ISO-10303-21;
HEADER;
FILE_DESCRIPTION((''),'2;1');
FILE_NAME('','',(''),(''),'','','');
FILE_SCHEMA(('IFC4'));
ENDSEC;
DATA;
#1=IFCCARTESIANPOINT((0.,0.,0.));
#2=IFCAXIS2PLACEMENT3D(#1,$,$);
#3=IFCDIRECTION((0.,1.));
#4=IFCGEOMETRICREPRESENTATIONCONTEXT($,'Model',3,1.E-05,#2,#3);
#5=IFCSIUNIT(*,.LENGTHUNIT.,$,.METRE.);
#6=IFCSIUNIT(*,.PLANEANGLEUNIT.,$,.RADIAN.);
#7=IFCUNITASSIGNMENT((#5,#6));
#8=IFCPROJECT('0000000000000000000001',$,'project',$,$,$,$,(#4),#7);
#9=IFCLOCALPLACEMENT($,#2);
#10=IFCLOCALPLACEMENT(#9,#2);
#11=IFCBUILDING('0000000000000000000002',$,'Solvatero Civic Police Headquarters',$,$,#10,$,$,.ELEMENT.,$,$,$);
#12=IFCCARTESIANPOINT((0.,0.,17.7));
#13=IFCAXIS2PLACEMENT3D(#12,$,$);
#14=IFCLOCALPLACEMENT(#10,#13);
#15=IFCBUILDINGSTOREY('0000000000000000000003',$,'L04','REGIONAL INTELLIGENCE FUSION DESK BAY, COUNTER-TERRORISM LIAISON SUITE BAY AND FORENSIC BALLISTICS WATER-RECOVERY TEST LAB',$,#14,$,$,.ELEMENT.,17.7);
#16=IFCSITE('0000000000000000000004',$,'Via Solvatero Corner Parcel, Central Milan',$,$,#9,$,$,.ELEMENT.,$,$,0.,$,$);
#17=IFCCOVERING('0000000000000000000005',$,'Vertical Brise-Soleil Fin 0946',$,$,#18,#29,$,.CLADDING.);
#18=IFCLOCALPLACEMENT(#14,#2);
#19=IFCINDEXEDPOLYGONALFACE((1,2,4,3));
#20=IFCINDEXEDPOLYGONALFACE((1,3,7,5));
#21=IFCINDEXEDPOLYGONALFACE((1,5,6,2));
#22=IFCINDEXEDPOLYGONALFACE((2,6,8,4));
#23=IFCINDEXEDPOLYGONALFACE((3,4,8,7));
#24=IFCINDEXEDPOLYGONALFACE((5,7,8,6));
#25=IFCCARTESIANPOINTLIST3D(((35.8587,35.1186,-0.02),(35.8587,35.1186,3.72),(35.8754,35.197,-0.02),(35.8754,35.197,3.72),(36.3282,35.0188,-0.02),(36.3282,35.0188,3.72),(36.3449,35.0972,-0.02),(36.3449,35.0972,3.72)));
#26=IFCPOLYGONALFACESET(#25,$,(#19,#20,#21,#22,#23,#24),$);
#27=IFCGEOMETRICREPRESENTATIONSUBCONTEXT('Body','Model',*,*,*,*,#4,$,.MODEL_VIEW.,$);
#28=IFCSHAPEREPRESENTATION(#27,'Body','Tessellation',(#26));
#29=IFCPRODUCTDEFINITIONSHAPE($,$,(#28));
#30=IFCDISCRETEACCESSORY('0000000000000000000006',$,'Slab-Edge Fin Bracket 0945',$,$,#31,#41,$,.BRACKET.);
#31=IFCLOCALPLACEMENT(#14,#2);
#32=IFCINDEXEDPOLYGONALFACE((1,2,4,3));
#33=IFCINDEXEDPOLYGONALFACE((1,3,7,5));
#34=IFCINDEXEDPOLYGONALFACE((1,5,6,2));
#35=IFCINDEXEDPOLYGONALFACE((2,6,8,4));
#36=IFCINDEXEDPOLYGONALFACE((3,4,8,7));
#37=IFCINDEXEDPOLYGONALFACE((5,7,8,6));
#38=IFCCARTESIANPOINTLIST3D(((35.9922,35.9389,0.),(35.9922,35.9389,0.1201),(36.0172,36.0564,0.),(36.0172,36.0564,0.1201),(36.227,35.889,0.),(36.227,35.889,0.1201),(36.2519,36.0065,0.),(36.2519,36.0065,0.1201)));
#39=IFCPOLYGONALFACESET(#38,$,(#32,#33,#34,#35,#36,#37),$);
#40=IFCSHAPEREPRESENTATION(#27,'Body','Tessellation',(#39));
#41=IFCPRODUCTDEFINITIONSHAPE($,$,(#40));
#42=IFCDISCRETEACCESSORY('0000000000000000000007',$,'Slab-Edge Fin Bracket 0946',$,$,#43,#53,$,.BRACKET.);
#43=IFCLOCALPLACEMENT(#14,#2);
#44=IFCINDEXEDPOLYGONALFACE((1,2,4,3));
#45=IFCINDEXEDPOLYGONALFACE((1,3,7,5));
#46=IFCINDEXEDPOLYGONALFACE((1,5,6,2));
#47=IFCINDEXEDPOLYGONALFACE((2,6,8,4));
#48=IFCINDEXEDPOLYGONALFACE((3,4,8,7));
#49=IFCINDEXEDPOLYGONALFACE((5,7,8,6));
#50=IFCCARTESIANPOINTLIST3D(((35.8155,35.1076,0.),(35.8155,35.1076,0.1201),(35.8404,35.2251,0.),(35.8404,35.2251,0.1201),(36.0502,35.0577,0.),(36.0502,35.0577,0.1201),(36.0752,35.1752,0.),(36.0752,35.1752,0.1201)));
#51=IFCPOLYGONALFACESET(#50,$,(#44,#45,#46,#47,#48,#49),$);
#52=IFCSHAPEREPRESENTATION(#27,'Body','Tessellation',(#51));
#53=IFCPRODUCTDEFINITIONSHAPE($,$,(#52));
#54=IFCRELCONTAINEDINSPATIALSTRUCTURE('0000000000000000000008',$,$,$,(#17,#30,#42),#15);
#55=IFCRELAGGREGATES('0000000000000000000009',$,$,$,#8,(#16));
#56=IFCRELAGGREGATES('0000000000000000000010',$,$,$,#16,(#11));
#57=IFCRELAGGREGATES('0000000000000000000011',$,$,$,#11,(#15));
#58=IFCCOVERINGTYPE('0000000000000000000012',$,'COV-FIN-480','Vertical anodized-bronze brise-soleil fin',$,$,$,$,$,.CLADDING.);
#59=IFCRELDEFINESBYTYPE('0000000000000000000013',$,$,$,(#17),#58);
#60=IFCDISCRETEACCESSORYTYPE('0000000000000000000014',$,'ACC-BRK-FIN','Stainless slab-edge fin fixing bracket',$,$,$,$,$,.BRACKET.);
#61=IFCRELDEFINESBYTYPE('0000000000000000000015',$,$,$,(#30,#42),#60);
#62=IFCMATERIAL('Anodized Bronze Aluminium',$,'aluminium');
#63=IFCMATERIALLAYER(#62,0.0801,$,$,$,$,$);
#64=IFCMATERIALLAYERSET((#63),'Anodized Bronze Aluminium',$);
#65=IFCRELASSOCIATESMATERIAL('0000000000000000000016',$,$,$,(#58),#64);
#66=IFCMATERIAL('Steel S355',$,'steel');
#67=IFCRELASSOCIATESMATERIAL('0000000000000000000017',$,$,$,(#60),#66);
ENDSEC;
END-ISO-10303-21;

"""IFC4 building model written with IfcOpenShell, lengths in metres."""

from ifc_helpers import new_model, si_unit, direction, frame, origin, origin_2d, place, context, subcontext, project, spatial, rectangle, extrude, material, layer, layer_set, type_object, element, save


model = new_model("IFC4")

# Units and contexts
model_context = context("Model", 3, precision=1e-05, world=origin(), true_north=direction((0.0, 1.0)))
body_context = subcontext(model_context, "Body", "Model", "MODEL_VIEW")
ifc_project = project(units=[si_unit("LENGTHUNIT", "METRE"), si_unit("PLANEANGLEUNIT", "RADIAN")], contexts=[model_context])

# Site, building, storey
site_placement = place(None, origin())
site = spatial("IfcSite", under=ifc_project, at=site_placement, Name="Via Solvatero Corner Parcel, Central Milan", CompositionType="ELEMENT", RefElevation=0.0)
building_placement = place(site_placement, origin())
building = spatial("IfcBuilding", under=site, at=building_placement, Name="Solvatero Civic Police Headquarters", CompositionType="ELEMENT")
storey_placement = place(building_placement, frame((0.0, 0.0, 17.7)))
storey = spatial("IfcBuildingStorey", under=building, at=storey_placement, Name="L04", Description="REGIONAL INTELLIGENCE FUSION DESK BAY, COUNTER-TERRORISM LIAISON SUITE BAY AND FORENSIC BALLISTICS WATER-RECOVERY TEST LAB", CompositionType="ELEMENT", Elevation=17.7)

# Shared definitions
ifc_material_1 = material(Name="Anodized Bronze Aluminium", Category="aluminium")

# Covering
ifc_layer_1 = layer(ifc_material_1, 0.0801)
ifc_layer_set_1 = layer_set([ifc_layer_1], Name="Anodized Bronze Aluminium")
covering_type = type_object("IfcCoveringType", Name="COV-FIN-480", Description="Vertical anodized-bronze brise-soleil fin", PredefinedType="CLADDING", material=ifc_layer_set_1)
for number, where, z_axis, x_axis, name in (
    (1, (36.1018, 35.1079, -0.02), (0.0, 0.0, 1.0), (-0.207912, -0.978148, 0.0), "Vertical Brise-Soleil Fin 0946"),
):
    element("IfcCovering", number, at=place(storey_placement, frame(where, z_axis=z_axis, x_axis=x_axis)), inside=storey, type_object=covering_type, Name=name, PredefinedType="CLADDING", context=body_context, shape_type="SweptSolid", body=[
        extrude(rectangle(XDim=0.0801, YDim=0.48, at=origin_2d()), origin(), (0.0, 0.0, 1.0), 3.74),
    ])

# Discrete accessories
ifc_material_2 = material(Name="Steel S355", Category="steel")
discrete_accessory_type = type_object("IfcDiscreteAccessoryType", Name="ACC-BRK-FIN", Description="Stainless slab-edge fin fixing bracket", PredefinedType="BRACKET", material=ifc_material_2)
for number, where, z_axis, x_axis, name in (
    (2, (36.1221, 35.9727, 0.0), (0.0, 0.0, 1.0), (-0.207912, -0.978148, 0.0), "Slab-Edge Fin Bracket 0945"),
    (3, (35.9453, 35.1414, 0.0), (0.0, 0.0, 1.0), (-0.207912, -0.978148, 0.0), "Slab-Edge Fin Bracket 0946"),
):
    element("IfcDiscreteAccessory", number, at=place(storey_placement, frame(where, z_axis=z_axis, x_axis=x_axis)), inside=storey, type_object=discrete_accessory_type, Name=name, PredefinedType="BRACKET", context=body_context, shape_type="SweptSolid", body=[
        extrude(rectangle(XDim=0.1201, YDim=0.24, at=origin_2d()), origin(), (0.0, 0.0, 1.0), 0.1201),
    ])

save(model, "model.ifc")
